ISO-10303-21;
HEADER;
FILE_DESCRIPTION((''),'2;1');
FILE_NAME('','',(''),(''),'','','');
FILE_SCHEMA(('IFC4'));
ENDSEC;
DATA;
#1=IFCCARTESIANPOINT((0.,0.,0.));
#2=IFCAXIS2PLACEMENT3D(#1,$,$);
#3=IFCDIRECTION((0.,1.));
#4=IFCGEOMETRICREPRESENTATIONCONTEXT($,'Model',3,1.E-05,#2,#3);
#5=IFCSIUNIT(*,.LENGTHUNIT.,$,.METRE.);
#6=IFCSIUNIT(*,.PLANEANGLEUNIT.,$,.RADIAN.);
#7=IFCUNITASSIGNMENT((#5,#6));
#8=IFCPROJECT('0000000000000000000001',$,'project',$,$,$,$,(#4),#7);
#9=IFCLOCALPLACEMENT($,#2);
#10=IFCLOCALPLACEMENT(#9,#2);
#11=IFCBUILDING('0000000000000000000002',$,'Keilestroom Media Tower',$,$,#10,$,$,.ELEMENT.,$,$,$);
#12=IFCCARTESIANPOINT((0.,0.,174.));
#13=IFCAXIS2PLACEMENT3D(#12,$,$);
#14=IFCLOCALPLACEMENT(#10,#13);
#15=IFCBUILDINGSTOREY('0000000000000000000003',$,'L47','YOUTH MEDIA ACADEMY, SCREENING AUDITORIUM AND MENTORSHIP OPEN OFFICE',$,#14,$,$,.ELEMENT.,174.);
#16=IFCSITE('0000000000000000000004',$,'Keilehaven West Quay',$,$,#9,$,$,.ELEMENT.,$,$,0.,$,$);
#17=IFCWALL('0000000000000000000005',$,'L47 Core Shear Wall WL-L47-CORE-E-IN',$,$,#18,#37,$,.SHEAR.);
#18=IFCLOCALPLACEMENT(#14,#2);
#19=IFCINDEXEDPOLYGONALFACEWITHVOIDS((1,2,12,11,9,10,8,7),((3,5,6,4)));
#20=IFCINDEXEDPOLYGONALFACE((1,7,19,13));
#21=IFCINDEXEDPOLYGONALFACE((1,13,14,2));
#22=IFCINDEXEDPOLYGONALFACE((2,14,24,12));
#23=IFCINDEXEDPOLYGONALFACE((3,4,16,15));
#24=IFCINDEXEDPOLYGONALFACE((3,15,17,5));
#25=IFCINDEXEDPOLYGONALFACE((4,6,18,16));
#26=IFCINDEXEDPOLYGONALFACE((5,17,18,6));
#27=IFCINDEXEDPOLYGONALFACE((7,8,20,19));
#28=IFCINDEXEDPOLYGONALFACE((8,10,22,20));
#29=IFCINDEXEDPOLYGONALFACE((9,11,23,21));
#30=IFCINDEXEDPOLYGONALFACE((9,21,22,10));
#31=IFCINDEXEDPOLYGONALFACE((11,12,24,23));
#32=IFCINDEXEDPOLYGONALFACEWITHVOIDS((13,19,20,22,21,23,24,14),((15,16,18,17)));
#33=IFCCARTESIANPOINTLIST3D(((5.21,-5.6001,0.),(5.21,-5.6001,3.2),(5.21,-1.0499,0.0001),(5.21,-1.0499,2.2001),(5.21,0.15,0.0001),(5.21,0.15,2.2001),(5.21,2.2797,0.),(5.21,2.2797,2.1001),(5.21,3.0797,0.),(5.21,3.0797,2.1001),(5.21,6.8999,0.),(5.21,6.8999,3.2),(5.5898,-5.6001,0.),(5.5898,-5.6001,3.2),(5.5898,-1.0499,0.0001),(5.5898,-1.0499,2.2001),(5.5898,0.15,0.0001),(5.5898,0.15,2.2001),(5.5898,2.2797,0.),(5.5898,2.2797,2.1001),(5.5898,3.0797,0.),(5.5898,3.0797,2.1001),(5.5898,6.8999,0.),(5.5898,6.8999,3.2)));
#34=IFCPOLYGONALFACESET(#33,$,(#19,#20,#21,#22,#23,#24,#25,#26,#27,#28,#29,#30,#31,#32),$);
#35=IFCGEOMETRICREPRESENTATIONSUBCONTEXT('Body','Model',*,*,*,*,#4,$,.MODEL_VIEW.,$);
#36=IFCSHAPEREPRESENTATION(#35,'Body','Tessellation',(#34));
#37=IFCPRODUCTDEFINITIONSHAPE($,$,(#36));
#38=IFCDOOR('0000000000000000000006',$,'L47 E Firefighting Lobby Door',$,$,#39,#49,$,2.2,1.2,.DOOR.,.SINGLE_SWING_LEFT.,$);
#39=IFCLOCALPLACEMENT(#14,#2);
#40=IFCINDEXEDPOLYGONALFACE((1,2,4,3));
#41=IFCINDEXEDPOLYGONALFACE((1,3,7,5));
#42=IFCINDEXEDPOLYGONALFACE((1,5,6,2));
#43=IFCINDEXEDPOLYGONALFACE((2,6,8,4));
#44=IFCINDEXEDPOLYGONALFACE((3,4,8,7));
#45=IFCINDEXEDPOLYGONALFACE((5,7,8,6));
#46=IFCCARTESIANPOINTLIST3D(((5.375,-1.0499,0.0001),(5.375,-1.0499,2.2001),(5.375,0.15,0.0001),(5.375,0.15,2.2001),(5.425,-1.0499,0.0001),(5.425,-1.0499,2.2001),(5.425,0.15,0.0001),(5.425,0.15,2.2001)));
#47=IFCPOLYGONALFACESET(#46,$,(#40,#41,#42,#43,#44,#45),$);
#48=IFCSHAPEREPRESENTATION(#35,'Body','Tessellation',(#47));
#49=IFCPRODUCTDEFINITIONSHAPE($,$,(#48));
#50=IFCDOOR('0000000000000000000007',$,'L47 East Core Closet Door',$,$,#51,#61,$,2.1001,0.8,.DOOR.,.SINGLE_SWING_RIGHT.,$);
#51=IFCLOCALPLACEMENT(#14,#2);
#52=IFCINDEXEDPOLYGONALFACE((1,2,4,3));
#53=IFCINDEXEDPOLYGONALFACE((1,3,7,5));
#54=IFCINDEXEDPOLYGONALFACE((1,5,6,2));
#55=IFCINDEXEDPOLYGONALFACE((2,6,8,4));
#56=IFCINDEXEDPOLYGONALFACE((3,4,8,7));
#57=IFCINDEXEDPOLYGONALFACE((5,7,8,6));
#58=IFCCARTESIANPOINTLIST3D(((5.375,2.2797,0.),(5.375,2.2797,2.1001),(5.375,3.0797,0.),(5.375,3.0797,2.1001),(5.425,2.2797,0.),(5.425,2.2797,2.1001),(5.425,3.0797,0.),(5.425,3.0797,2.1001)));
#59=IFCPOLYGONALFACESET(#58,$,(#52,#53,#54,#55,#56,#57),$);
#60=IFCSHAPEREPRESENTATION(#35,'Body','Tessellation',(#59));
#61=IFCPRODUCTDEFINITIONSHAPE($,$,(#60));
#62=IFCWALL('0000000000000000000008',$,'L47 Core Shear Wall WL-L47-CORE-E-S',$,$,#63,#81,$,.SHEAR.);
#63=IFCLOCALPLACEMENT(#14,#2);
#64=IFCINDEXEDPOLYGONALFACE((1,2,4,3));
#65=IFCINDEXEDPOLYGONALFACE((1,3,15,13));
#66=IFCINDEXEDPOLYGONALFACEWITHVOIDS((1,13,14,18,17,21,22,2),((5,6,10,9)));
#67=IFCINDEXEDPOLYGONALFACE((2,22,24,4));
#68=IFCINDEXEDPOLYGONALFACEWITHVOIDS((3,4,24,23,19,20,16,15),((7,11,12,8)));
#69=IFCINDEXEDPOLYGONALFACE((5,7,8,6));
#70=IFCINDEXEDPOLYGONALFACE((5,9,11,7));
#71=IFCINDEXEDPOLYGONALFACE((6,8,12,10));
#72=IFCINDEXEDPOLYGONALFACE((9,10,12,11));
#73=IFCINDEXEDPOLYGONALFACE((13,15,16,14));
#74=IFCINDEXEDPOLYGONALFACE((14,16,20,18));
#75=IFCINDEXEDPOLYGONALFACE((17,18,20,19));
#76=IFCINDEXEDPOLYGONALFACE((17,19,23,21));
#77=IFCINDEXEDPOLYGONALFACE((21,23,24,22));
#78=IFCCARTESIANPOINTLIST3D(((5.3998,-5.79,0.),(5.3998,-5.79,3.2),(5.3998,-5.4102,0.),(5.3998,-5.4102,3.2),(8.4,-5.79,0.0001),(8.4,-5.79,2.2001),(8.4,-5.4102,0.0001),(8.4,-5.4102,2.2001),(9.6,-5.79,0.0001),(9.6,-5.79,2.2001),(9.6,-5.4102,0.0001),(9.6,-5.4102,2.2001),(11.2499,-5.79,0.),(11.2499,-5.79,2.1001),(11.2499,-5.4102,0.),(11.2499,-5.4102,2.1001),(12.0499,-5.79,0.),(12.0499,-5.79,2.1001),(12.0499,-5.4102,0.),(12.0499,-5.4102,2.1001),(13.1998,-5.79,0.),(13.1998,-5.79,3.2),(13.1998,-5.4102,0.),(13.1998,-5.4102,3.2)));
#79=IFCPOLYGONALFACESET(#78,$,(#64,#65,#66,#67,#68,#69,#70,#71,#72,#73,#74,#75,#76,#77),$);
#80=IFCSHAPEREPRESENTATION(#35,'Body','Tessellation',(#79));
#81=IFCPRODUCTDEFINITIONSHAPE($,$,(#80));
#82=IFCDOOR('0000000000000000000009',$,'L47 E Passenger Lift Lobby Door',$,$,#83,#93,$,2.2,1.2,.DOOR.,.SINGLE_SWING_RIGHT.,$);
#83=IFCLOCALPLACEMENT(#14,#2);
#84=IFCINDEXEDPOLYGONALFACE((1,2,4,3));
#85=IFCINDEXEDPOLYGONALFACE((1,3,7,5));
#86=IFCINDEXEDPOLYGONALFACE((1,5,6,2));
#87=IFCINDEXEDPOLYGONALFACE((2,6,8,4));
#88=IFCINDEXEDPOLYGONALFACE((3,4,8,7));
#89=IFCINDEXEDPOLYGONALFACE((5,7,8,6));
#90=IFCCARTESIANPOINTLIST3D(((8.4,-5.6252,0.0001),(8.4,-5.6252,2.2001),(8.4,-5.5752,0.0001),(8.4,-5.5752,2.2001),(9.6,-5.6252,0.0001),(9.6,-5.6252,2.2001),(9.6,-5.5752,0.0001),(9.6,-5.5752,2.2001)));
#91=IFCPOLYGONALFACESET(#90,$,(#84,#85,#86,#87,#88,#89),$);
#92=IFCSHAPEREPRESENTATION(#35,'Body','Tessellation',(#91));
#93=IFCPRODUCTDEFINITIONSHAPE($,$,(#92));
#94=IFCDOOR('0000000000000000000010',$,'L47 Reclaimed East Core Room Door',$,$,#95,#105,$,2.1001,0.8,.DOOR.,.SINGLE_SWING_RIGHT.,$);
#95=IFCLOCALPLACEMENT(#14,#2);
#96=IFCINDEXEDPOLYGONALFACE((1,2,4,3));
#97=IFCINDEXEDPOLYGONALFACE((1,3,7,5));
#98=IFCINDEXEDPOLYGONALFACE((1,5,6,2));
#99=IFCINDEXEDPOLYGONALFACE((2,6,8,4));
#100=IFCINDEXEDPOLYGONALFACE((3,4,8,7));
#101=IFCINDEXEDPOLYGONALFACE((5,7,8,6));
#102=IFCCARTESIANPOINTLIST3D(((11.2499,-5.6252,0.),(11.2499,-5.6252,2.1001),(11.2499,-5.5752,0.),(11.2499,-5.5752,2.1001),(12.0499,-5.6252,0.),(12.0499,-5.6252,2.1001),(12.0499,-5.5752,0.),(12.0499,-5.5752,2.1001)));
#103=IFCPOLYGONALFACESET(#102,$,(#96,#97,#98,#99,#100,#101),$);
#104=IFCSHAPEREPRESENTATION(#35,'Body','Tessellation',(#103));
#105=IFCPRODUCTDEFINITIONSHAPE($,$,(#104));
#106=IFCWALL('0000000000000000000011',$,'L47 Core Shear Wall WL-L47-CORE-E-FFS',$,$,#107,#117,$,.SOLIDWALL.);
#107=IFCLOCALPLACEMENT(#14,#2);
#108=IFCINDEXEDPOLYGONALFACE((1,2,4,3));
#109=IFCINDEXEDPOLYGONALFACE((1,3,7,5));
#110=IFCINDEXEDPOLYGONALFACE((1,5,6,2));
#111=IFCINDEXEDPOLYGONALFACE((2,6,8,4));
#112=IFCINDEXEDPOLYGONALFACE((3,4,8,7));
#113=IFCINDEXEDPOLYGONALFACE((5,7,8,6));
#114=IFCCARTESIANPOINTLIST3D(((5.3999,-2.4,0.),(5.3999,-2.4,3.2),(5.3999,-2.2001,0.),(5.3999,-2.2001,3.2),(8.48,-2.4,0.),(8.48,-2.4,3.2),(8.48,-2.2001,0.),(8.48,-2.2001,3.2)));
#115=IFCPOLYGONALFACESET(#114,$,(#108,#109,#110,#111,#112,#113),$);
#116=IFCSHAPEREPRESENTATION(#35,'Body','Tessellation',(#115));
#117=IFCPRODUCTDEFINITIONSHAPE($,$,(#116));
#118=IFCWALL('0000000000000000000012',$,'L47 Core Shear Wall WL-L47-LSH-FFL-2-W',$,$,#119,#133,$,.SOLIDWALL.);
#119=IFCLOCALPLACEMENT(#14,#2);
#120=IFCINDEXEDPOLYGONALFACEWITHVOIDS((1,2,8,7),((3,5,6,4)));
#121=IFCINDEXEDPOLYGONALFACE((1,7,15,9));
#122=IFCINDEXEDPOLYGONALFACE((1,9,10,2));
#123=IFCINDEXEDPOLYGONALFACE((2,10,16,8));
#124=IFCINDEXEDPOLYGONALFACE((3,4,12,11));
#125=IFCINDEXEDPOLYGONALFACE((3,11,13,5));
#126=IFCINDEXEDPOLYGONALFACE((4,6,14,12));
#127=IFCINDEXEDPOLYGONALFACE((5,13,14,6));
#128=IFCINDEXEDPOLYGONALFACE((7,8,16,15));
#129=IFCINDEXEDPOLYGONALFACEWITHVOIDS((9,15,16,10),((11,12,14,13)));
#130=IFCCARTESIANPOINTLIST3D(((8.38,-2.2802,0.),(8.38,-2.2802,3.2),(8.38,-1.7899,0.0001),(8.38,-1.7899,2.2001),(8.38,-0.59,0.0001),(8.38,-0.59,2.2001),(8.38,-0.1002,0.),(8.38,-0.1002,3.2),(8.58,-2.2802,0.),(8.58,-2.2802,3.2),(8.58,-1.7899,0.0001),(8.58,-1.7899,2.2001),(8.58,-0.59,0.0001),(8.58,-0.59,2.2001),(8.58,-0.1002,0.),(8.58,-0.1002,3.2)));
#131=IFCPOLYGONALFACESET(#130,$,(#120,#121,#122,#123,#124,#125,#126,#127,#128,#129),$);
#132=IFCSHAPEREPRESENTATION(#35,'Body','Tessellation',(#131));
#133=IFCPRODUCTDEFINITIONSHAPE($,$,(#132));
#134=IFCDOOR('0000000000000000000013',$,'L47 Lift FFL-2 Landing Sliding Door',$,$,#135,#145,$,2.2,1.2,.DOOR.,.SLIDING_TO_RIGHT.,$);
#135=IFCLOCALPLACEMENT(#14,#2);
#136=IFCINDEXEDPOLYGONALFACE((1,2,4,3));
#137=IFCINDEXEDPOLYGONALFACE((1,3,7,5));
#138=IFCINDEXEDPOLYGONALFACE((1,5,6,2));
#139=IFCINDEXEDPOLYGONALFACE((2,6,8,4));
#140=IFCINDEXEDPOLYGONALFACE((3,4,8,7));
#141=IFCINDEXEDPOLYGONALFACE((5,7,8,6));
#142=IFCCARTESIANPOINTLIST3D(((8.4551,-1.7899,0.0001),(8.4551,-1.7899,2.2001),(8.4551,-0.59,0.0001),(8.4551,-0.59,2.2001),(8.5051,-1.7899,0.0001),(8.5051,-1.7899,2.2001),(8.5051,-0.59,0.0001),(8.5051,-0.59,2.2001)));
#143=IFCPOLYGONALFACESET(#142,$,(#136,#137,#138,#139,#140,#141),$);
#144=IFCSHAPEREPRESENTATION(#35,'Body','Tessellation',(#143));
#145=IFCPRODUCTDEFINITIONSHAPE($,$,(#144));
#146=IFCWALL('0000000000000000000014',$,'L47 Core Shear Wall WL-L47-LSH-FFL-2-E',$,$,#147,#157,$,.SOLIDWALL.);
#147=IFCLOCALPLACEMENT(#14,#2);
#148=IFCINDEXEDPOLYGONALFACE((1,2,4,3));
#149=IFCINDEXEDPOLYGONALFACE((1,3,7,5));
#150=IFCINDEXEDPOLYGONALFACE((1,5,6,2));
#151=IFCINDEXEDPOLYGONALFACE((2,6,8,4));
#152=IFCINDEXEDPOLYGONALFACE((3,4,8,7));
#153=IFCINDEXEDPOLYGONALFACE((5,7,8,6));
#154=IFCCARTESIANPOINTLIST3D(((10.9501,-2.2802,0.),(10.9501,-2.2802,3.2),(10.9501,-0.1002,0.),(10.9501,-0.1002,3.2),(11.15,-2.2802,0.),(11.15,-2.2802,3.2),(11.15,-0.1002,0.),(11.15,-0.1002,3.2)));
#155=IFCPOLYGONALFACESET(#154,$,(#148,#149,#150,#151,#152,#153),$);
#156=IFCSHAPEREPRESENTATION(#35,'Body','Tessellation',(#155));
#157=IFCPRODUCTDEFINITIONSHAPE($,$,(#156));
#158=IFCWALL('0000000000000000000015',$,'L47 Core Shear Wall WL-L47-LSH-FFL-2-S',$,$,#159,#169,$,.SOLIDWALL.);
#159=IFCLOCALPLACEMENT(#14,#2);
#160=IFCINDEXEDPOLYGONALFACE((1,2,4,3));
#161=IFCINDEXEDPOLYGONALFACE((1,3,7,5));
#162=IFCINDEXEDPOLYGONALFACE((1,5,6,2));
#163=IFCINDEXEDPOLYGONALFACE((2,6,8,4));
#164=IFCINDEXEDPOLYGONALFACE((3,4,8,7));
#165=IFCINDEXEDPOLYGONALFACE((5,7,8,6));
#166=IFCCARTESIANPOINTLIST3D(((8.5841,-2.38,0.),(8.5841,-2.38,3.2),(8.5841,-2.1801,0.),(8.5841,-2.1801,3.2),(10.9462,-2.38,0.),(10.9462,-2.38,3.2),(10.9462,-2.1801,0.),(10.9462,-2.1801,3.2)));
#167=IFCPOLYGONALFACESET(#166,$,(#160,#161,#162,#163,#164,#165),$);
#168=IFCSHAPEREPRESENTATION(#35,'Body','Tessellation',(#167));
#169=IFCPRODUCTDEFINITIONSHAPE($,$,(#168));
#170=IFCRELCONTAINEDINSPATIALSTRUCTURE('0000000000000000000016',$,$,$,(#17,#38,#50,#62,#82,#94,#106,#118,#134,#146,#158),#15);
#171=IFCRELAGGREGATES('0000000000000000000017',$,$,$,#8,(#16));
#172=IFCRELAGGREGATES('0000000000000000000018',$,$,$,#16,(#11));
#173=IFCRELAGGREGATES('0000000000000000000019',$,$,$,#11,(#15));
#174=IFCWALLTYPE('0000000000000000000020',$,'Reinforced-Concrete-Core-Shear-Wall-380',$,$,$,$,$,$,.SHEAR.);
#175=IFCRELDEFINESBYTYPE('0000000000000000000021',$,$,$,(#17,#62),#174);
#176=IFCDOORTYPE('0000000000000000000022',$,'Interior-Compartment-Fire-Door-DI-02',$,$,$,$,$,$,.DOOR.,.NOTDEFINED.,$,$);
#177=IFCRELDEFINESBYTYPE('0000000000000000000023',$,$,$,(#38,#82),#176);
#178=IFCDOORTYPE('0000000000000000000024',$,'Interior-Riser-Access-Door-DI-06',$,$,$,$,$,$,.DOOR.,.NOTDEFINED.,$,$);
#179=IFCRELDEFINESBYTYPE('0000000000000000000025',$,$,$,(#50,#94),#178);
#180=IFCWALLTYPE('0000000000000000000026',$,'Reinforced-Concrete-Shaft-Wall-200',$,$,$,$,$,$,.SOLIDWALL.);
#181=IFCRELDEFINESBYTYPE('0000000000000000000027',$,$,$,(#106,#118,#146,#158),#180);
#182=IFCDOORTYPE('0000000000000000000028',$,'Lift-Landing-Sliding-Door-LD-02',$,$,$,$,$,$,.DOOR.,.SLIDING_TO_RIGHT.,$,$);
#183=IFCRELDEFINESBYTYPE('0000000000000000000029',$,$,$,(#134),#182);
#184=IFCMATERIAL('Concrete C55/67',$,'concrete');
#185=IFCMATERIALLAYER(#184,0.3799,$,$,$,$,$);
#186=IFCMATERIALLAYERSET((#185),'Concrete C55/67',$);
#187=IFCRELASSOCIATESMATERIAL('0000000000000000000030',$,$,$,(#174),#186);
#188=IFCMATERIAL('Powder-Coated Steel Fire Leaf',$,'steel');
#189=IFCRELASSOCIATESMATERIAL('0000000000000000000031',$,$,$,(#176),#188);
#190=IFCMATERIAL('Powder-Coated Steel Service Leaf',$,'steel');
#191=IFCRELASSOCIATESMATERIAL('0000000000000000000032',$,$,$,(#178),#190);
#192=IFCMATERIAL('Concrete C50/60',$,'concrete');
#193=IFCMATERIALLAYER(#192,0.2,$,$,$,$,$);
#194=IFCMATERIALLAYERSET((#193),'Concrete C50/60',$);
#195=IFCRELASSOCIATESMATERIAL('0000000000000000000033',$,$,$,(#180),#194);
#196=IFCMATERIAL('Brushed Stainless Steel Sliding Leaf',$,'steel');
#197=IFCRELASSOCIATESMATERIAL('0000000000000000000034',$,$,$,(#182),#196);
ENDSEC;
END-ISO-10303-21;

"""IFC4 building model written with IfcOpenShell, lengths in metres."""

from ifc_helpers import new_model, si_unit, direction, frame, frame_2d, origin, place, context, subcontext, project, spatial, rectangle, extrude, source, transform, mapped, material, layer, layer_set, type_object, element, fill, save


model = new_model("IFC4")

# Units and contexts
model_context = context("Model", 3, precision=1e-05, world=origin(), true_north=direction((0.0, 1.0)))
body_context = subcontext(model_context, "Body", "Model", "MODEL_VIEW")
ifc_project = project(units=[si_unit("LENGTHUNIT", "METRE"), si_unit("PLANEANGLEUNIT", "RADIAN")], contexts=[model_context])

# Site, building, storey
site_placement = place(None, origin())
site = spatial("IfcSite", under=ifc_project, at=site_placement, Name="Keilehaven West Quay", CompositionType="ELEMENT", RefElevation=0.0)
building_placement = place(site_placement, origin())
building = spatial("IfcBuilding", under=site, at=building_placement, Name="Keilestroom Media Tower", CompositionType="ELEMENT")
storey_placement = place(building_placement, frame((0.0, 0.0, 174.0)))
storey = spatial("IfcBuildingStorey", under=building, at=storey_placement, Name="L47", Description="YOUTH MEDIA ACADEMY, SCREENING AUDITORIUM AND MENTORSHIP OPEN OFFICE", CompositionType="ELEMENT", Elevation=174.0)

# Shared definitions
ifc_material_1 = material(Name="Concrete C55/67", Category="concrete")
ifc_layer_1 = layer(ifc_material_1, 0.3799)
ifc_layer_set_1 = layer_set([ifc_layer_1], Name="Concrete C55/67")
wall_type_1 = type_object("IfcWallType", Name="Reinforced-Concrete-Core-Shear-Wall-380", PredefinedType="SHEAR", material=ifc_layer_set_1)

# Walls, openings, doors
wall_1_placement = place(storey_placement, frame((5.3999, -5.6001, 0.0), z_axis=(0.0, 0.0, 1.0), x_axis=(0.0, 1.0, 0.0)))
wall_1 = element("IfcWall", 1, at=wall_1_placement, inside=storey, type_object=wall_type_1, Name="L47 Core Shear Wall WL-L47-CORE-E-IN", PredefinedType="SHEAR", context=body_context, shape_type="SweptSolid", body=[
    extrude(rectangle(XDim=12.5, YDim=0.3799, at=frame_2d((6.25, 0.0))), origin(), (0.0, 0.0, 1.0), 3.2),
])
opening_1_placement = place(wall_1_placement, frame((4.55, 0.0, 0.0)))
opening_1 = element("IfcOpeningElement", 2, at=opening_1_placement, cuts=wall_1, PredefinedType="OPENING", context=body_context, shape_type="SweptSolid", body=[
    extrude(rectangle(XDim=1.2, YDim=2.2, at=frame_2d((0.6001, 1.1001))), frame((0.0, 0.2, 0.0), z_axis=(0.0, -1.0, 0.0), x_axis=(1.0, 0.0, 0.0)), (0.0, 0.0, 1.0), 0.3999),
])
opening_2_placement = place(wall_1_placement, frame((7.8799, 0.0, 0.0)))
opening_2 = element("IfcOpeningElement", 3, at=opening_2_placement, cuts=wall_1, PredefinedType="OPENING", context=body_context, shape_type="SweptSolid", body=[
    extrude(rectangle(XDim=0.8, YDim=2.1001, at=frame_2d((0.3999, 1.05))), frame((0.0, 0.2, 0.0), z_axis=(0.0, -1.0, 0.0), x_axis=(1.0, 0.0, 0.0)), (0.0, 0.0, 1.0), 0.3999),
])
ifc_material_2 = material(Name="Powder-Coated Steel Fire Leaf", Category="steel")
door_type_1 = type_object("IfcDoorType", Name="Interior-Compartment-Fire-Door-DI-02", OperationType="NOTDEFINED", PredefinedType="DOOR", material=ifc_material_2)
shared_shape_1 = source(origin(), body_context, "Body", "SweptSolid", [
    extrude(rectangle(XDim=1.2, YDim=2.2, at=frame_2d((0.6001, 1.1001))), frame((0.0, 0.0249, 0.0), z_axis=(0.0, -1.0, 0.0), x_axis=(1.0, 0.0, 0.0)), (0.0, 0.0, 1.0), 0.05),
])
door_1_placement = place(opening_1_placement, origin())
door_1 = element("IfcDoor", 4, at=door_1_placement, inside=storey, type_object=door_type_1, Name="L47 E Firefighting Lobby Door", OperationType="SINGLE_SWING_LEFT", OverallHeight=2.2, OverallWidth=1.2, PredefinedType="DOOR", context=body_context, shape_type="MappedRepresentation", body=[
    mapped(shared_shape_1, transform((0.0, 0.0, 0.0), x_axis=(1.0, 0.0, 0.0), y_axis=(0.0, 1.0, 0.0), z_axis=(0.0, 0.0, 1.0), scale=1.0)),
])
fill(opening_1, door_1)
ifc_material_3 = material(Name="Powder-Coated Steel Service Leaf", Category="steel")
door_type_2 = type_object("IfcDoorType", Name="Interior-Riser-Access-Door-DI-06", OperationType="NOTDEFINED", PredefinedType="DOOR", material=ifc_material_3)
shared_shape_2 = source(origin(), body_context, "Body", "SweptSolid", [
    extrude(rectangle(XDim=0.8, YDim=2.1001, at=frame_2d((0.3999, 1.05))), frame((0.0, 0.0249, 0.0), z_axis=(0.0, -1.0, 0.0), x_axis=(1.0, 0.0, 0.0)), (0.0, 0.0, 1.0), 0.05),
])
door_2_placement = place(opening_2_placement, origin())
door_2 = element("IfcDoor", 5, at=door_2_placement, inside=storey, type_object=door_type_2, Name="L47 East Core Closet Door", OperationType="SINGLE_SWING_RIGHT", OverallHeight=2.1001, OverallWidth=0.8, PredefinedType="DOOR", context=body_context, shape_type="MappedRepresentation", body=[
    mapped(shared_shape_2, transform((0.0, 0.0, 0.0), x_axis=(1.0, 0.0, 0.0), y_axis=(0.0, 1.0, 0.0), z_axis=(0.0, 0.0, 1.0), scale=1.0)),
])
fill(opening_2, door_2)
wall_2_placement = place(storey_placement, frame((5.3999, -5.6001, 0.0), z_axis=(0.0, 0.0, 1.0), x_axis=(1.0, 0.0, 0.0)))
wall_2 = element("IfcWall", 6, at=wall_2_placement, inside=storey, type_object=wall_type_1, Name="L47 Core Shear Wall WL-L47-CORE-E-S", PredefinedType="SHEAR", context=body_context, shape_type="SweptSolid", body=[
    extrude(rectangle(XDim=7.8, YDim=0.3799, at=frame_2d((3.8999, 0.0))), origin(), (0.0, 0.0, 1.0), 3.2),
])
opening_3_placement = place(wall_2_placement, frame((3.0, 0.0, 0.0)))
opening_3 = element("IfcOpeningElement", 7, at=opening_3_placement, cuts=wall_2, PredefinedType="OPENING", context=body_context, shape_type="SweptSolid", body=[
    extrude(rectangle(XDim=1.2, YDim=2.2, at=frame_2d((0.6001, 1.1001))), frame((0.0, 0.2, 0.0), z_axis=(0.0, -1.0, 0.0), x_axis=(1.0, 0.0, 0.0)), (0.0, 0.0, 1.0), 0.3999),
])
opening_4_placement = place(wall_2_placement, frame((5.8501, 0.0, 0.0)))
opening_4 = element("IfcOpeningElement", 8, at=opening_4_placement, cuts=wall_2, PredefinedType="OPENING", context=body_context, shape_type="SweptSolid", body=[
    extrude(rectangle(XDim=0.8, YDim=2.1001, at=frame_2d((0.3999, 1.05))), frame((0.0, 0.2, 0.0), z_axis=(0.0, -1.0, 0.0), x_axis=(1.0, 0.0, 0.0)), (0.0, 0.0, 1.0), 0.3999),
])
door_3_placement = place(opening_3_placement, origin())
door_3 = element("IfcDoor", 9, at=door_3_placement, inside=storey, type_object=door_type_1, Name="L47 E Passenger Lift Lobby Door", OperationType="SINGLE_SWING_RIGHT", OverallHeight=2.2, OverallWidth=1.2, PredefinedType="DOOR", context=body_context, shape_type="MappedRepresentation", body=[
    mapped(shared_shape_1, transform((0.0, 0.0, 0.0), x_axis=(1.0, 0.0, 0.0), y_axis=(0.0, 1.0, 0.0), z_axis=(0.0, 0.0, 1.0), scale=1.0)),
])
fill(opening_3, door_3)
door_4_placement = place(opening_4_placement, origin())
door_4 = element("IfcDoor", 10, at=door_4_placement, inside=storey, type_object=door_type_2, Name="L47 Reclaimed East Core Room Door", OperationType="SINGLE_SWING_RIGHT", OverallHeight=2.1001, OverallWidth=0.8, PredefinedType="DOOR", context=body_context, shape_type="MappedRepresentation", body=[
    mapped(shared_shape_2, transform((0.0, 0.0, 0.0), x_axis=(1.0, 0.0, 0.0), y_axis=(0.0, 1.0, 0.0), z_axis=(0.0, 0.0, 1.0), scale=1.0)),
])
fill(opening_4, door_4)

# Wall
ifc_material_4 = material(Name="Concrete C50/60", Category="concrete")
ifc_layer_2 = layer(ifc_material_4, 0.2)
ifc_layer_set_2 = layer_set([ifc_layer_2], Name="Concrete C50/60")
wall_type_2 = type_object("IfcWallType", Name="Reinforced-Concrete-Shaft-Wall-200", PredefinedType="SOLIDWALL", material=ifc_layer_set_2)
wall_3_placement = place(storey_placement, frame((5.3999, -2.3, 0.0), z_axis=(0.0, 0.0, 1.0), x_axis=(1.0, 0.0, 0.0)))
element("IfcWall", 11, at=wall_3_placement, inside=storey, type_object=wall_type_2, Name="L47 Core Shear Wall WL-L47-CORE-E-FFS", PredefinedType="SOLIDWALL", context=body_context, shape_type="SweptSolid", body=[
    extrude(rectangle(XDim=3.0801, YDim=0.2, at=frame_2d((1.54, 0.0))), origin(), (0.0, 0.0, 1.0), 3.2),
])

# Wall, opening, door
wall_4_placement = place(storey_placement, frame((8.48, -2.28, 0.0), z_axis=(0.0, 0.0, 1.0), x_axis=(0.0, 1.0, 0.0)))
wall_4 = element("IfcWall", 12, at=wall_4_placement, inside=storey, type_object=wall_type_2, Name="L47 Core Shear Wall WL-L47-LSH-FFL-2-W", PredefinedType="SOLIDWALL", context=body_context, shape_type="SweptSolid", body=[
    extrude(rectangle(XDim=2.1799, YDim=0.2, at=frame_2d((1.0898, 0.0))), origin(), (0.0, 0.0, 1.0), 3.2),
])
opening_5_placement = place(wall_4_placement, frame((0.49, 0.0, 0.0)))
opening_5 = element("IfcOpeningElement", 13, at=opening_5_placement, cuts=wall_4, PredefinedType="OPENING", context=body_context, shape_type="SweptSolid", body=[
    extrude(rectangle(XDim=1.2, YDim=2.2, at=frame_2d((0.6001, 1.1001))), frame((0.0, 0.1099, 0.0), z_axis=(0.0, -1.0, 0.0), x_axis=(1.0, 0.0, 0.0)), (0.0, 0.0, 1.0), 0.22),
])
ifc_material_5 = material(Name="Brushed Stainless Steel Sliding Leaf", Category="steel")
door_type_3 = type_object("IfcDoorType", Name="Lift-Landing-Sliding-Door-LD-02", OperationType="SLIDING_TO_RIGHT", PredefinedType="DOOR", material=ifc_material_5)
door_5_placement = place(opening_5_placement, origin())
door_5 = element("IfcDoor", 14, at=door_5_placement, inside=storey, type_object=door_type_3, Name="L47 Lift FFL-2 Landing Sliding Door", OperationType="SLIDING_TO_RIGHT", OverallHeight=2.2, OverallWidth=1.2, PredefinedType="DOOR", context=body_context, shape_type="MappedRepresentation", body=[
    mapped(shared_shape_1, transform((0.0, 0.0, 0.0), x_axis=(1.0, 0.0, 0.0), y_axis=(0.0, 1.0, 0.0), z_axis=(0.0, 0.0, 1.0), scale=1.0)),
])
fill(opening_5, door_5)

# Walls
wall_5_placement = place(storey_placement, frame((11.05, -2.28, 0.0), z_axis=(0.0, 0.0, 1.0), x_axis=(0.0, 1.0, 0.0)))
element("IfcWall", 15, at=wall_5_placement, inside=storey, type_object=wall_type_2, Name="L47 Core Shear Wall WL-L47-LSH-FFL-2-E", PredefinedType="SOLIDWALL", context=body_context, shape_type="SweptSolid", body=[
    extrude(rectangle(XDim=2.1799, YDim=0.2, at=frame_2d((1.0898, 0.0))), origin(), (0.0, 0.0, 1.0), 3.2),
])
wall_6_placement = place(storey_placement, frame((8.584, -2.28, 0.0), z_axis=(0.0, 0.0, 1.0), x_axis=(1.0, 0.0, 0.0)))
element("IfcWall", 16, at=wall_6_placement, inside=storey, type_object=wall_type_2, Name="L47 Core Shear Wall WL-L47-LSH-FFL-2-S", PredefinedType="SOLIDWALL", context=body_context, shape_type="SweptSolid", body=[
    extrude(rectangle(XDim=2.3621, YDim=0.2, at=frame_2d((1.1812, 0.0))), origin(), (0.0, 0.0, 1.0), 3.2),
])

save(model, "model.ifc")
